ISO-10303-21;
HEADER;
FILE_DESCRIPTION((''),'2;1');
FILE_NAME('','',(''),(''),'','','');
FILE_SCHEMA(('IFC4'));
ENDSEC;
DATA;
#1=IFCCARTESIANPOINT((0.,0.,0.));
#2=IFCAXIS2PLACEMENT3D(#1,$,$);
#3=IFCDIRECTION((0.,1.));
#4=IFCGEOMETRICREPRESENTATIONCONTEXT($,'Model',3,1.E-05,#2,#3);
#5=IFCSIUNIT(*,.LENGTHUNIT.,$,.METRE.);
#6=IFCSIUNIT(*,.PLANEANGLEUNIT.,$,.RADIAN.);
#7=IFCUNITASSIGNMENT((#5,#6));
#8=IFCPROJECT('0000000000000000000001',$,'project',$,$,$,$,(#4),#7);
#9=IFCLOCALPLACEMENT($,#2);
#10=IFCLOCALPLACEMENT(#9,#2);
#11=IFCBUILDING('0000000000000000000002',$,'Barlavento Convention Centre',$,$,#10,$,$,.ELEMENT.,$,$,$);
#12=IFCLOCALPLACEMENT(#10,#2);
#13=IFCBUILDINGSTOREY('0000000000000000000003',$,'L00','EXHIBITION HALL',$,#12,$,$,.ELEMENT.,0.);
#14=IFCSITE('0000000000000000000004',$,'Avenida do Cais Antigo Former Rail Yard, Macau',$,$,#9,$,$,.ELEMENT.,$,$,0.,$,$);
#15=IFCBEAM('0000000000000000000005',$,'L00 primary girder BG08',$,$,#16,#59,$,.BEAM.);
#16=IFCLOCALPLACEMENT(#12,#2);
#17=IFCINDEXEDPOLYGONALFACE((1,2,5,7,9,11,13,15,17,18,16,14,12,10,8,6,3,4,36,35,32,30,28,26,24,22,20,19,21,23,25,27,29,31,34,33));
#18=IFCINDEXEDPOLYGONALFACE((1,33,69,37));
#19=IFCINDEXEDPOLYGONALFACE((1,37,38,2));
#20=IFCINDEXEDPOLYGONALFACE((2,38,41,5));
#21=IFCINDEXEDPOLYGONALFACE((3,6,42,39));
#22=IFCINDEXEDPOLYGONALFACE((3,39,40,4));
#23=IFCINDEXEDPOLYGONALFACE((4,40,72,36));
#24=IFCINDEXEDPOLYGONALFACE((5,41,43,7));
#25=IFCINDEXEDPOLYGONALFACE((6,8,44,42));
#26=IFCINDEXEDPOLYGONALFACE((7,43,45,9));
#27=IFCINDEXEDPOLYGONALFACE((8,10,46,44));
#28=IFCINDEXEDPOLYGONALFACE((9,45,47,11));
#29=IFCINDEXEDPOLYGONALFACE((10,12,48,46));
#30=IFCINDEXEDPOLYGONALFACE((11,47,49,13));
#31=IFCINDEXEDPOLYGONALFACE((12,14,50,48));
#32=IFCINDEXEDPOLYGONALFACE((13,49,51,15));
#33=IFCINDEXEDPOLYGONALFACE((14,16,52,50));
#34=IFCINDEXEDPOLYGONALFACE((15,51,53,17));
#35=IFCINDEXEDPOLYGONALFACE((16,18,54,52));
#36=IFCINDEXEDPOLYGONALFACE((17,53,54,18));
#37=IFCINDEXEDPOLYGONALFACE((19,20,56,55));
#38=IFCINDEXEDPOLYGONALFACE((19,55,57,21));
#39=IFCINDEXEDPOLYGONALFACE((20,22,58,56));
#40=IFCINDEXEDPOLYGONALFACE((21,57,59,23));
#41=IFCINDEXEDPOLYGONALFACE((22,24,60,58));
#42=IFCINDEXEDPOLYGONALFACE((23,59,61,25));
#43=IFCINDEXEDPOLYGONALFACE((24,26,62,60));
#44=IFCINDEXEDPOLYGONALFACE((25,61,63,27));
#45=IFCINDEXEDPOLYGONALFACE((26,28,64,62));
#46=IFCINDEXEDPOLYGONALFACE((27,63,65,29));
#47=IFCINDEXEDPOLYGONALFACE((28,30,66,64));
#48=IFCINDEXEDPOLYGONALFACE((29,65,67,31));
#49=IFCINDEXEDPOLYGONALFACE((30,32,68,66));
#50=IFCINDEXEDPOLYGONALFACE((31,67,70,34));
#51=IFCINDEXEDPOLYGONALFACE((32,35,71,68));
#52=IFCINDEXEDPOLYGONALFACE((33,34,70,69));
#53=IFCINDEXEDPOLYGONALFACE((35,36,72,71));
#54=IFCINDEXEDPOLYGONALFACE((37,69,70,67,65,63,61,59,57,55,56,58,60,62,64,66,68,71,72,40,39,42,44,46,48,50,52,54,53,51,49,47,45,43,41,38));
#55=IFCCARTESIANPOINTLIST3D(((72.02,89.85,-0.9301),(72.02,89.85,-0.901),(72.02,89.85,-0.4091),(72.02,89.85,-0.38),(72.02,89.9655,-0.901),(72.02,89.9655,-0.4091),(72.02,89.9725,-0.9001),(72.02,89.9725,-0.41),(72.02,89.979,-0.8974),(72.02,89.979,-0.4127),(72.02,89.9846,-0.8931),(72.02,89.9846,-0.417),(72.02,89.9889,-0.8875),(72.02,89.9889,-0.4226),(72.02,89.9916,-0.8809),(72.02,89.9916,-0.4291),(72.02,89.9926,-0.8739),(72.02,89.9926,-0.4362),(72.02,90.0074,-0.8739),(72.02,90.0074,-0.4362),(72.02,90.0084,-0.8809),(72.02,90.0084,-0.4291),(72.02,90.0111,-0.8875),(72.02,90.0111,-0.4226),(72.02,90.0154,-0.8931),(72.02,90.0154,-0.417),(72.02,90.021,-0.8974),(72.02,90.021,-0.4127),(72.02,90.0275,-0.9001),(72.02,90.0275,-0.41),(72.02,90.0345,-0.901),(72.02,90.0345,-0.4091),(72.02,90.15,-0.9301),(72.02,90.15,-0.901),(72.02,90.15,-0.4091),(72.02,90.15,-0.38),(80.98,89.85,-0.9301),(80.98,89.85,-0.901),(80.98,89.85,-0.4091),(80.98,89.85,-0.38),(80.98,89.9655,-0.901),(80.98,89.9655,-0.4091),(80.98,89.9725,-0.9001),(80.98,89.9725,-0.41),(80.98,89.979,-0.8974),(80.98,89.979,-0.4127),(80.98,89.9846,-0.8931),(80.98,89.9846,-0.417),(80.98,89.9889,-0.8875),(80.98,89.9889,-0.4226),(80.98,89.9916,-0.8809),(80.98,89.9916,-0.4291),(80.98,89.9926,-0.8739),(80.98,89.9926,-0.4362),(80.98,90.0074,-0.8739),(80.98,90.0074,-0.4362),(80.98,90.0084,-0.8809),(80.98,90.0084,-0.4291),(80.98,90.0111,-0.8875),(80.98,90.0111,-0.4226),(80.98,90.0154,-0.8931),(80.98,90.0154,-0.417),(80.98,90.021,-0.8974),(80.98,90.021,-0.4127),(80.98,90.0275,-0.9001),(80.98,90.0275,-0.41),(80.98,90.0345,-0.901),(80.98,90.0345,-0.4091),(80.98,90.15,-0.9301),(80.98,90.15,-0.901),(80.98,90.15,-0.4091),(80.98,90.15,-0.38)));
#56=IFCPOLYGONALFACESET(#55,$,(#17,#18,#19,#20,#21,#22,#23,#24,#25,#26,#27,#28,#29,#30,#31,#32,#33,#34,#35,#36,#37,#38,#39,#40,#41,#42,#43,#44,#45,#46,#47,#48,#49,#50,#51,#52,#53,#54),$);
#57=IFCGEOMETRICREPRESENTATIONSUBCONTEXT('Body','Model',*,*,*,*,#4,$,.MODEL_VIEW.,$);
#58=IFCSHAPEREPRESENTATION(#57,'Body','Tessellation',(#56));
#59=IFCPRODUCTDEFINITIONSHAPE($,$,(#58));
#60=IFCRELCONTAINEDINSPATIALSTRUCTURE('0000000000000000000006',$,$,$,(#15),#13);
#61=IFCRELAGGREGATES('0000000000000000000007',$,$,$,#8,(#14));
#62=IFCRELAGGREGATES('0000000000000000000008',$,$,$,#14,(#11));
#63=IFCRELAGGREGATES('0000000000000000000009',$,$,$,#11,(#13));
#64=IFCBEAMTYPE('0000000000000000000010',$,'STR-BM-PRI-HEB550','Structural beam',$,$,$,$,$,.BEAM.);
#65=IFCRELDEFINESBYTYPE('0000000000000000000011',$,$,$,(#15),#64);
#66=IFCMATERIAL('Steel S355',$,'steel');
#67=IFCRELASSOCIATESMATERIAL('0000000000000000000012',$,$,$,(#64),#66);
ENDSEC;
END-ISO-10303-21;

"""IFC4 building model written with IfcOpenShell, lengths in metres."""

from ifc_helpers import new_model, si_unit, direction, frame, origin, origin_2d, place, context, subcontext, project, spatial, i_section, extrude, material, material_profile, profile_set, type_object, element, save


model = new_model("IFC4")

# Units and contexts
model_context = context("Model", 3, precision=1e-05, world=origin(), true_north=direction((0.0, 1.0)))
body_context = subcontext(model_context, "Body", "Model", "MODEL_VIEW")
ifc_project = project(units=[si_unit("LENGTHUNIT", "METRE"), si_unit("PLANEANGLEUNIT", "RADIAN")], contexts=[model_context])

# Site, building, storey
site_placement = place(None, origin())
site = spatial("IfcSite", under=ifc_project, at=site_placement, Name="Avenida do Cais Antigo Former Rail Yard, Macau", CompositionType="ELEMENT", RefElevation=0.0)
building_placement = place(site_placement, origin())
building = spatial("IfcBuilding", under=site, at=building_placement, Name="Barlavento Convention Centre", CompositionType="ELEMENT")
storey_placement = place(building_placement, origin())
storey = spatial("IfcBuildingStorey", under=building, at=storey_placement, Name="L00", Description="EXHIBITION HALL", CompositionType="ELEMENT", Elevation=0.0)

# Beam
ifc_material = material(Name="Steel S355", Category="steel")
ifc_material_profile_1 = material_profile(ifc_material, i_section(OverallWidth=0.3, OverallDepth=0.55, WebThickness=0.0149, FlangeThickness=0.0291, FilletRadius=0.0271, at=origin_2d()), Name="HEB 550")
ifc_profile_set_1 = profile_set([ifc_material_profile_1], Name="Steel S355")
beam_type_1 = type_object("IfcBeamType", Name="STR-BM-PRI-HEB550", Description="Structural beam", PredefinedType="BEAM", material=ifc_profile_set_1)
beam_1_placement = place(storey_placement, frame((72.02, 90.0, -0.655), z_axis=(1.0, 0.0, 0.0), x_axis=(0.0, 1.0, 0.0)))
element("IfcBeam", 1, at=beam_1_placement, inside=storey, type_object=beam_type_1, Name="L00 primary girder BG08", PredefinedType="BEAM", context=body_context, shape_type="SweptSolid", body=[
    extrude(i_section(OverallWidth=0.3, OverallDepth=0.55, WebThickness=0.0149, FlangeThickness=0.0291, FilletRadius=0.0271, at=origin_2d()), origin(), (0.0, 0.0, 1.0), 8.96),
])

save(model, "model.ifc")
